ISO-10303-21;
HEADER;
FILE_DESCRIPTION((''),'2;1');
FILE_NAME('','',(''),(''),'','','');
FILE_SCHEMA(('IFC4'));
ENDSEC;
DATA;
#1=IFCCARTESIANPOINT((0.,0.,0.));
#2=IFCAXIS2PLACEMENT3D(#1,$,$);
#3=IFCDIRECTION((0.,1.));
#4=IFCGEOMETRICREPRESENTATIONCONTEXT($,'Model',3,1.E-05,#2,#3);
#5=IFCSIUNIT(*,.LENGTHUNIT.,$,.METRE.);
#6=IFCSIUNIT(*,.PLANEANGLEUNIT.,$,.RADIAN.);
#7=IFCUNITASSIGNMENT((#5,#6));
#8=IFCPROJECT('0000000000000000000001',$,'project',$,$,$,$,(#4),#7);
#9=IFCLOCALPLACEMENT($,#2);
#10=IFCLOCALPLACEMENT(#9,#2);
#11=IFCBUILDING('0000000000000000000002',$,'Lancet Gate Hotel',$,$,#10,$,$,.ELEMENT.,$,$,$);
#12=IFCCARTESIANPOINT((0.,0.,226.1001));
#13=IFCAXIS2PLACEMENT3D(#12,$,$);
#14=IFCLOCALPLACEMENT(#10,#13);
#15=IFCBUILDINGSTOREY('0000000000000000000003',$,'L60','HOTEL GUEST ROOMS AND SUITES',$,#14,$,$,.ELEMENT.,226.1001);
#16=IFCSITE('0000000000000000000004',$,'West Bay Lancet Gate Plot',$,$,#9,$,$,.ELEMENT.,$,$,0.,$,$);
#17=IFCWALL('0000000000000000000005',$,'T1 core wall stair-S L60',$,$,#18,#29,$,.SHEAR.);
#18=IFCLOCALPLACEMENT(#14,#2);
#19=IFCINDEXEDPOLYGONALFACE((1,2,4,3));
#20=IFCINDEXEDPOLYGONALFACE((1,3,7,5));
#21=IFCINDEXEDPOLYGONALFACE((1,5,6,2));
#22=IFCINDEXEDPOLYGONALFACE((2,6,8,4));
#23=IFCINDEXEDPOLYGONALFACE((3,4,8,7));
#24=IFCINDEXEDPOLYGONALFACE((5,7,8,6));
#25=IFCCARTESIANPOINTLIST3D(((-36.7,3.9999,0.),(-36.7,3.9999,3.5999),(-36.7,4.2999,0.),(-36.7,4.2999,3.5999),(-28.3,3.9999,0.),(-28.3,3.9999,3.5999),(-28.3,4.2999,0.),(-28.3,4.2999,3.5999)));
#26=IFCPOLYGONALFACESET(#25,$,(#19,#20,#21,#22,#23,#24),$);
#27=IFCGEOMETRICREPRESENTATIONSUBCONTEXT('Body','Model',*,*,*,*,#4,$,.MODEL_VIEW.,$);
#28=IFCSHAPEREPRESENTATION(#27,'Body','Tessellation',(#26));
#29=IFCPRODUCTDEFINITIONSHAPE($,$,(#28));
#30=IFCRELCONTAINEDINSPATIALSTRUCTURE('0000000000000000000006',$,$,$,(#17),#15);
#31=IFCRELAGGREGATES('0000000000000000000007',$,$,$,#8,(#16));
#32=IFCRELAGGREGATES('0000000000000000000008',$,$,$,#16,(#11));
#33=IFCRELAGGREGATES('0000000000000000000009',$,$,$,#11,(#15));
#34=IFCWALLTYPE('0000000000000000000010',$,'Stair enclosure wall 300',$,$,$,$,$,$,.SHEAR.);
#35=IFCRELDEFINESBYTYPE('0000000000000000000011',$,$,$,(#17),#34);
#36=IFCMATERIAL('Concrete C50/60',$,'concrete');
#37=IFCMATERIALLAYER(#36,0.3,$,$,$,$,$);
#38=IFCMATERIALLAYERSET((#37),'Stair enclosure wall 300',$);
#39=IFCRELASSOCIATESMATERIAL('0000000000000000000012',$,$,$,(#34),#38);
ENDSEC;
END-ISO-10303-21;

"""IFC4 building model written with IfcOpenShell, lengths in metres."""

from ifc_helpers import new_model, si_unit, direction, frame, frame_2d, origin, place, context, subcontext, project, spatial, rectangle, extrude, material, layer, layer_set, type_object, element, save


model = new_model("IFC4")

# Units and contexts
model_context = context("Model", 3, precision=1e-05, world=origin(), true_north=direction((0.0, 1.0)))
body_context = subcontext(model_context, "Body", "Model", "MODEL_VIEW")
ifc_project = project(units=[si_unit("LENGTHUNIT", "METRE"), si_unit("PLANEANGLEUNIT", "RADIAN")], contexts=[model_context])

# Site, building, storey
site_placement = place(None, origin())
site = spatial("IfcSite", under=ifc_project, at=site_placement, Name="West Bay Lancet Gate Plot", CompositionType="ELEMENT", RefElevation=0.0)
building_placement = place(site_placement, origin())
building = spatial("IfcBuilding", under=site, at=building_placement, Name="Lancet Gate Hotel", CompositionType="ELEMENT")
storey_placement = place(building_placement, frame((0.0, 0.0, 226.1001)))
storey = spatial("IfcBuildingStorey", under=building, at=storey_placement, Name="L60", Description="HOTEL GUEST ROOMS AND SUITES", CompositionType="ELEMENT", Elevation=226.1001)

# Wall
ifc_material_1 = material(Name="Concrete C50/60", Category="concrete")
ifc_layer_1 = layer(ifc_material_1, 0.3)
ifc_layer_set_1 = layer_set([ifc_layer_1], Name="Stair enclosure wall 300")
wall_type_1 = type_object("IfcWallType", Name="Stair enclosure wall 300", PredefinedType="SHEAR", material=ifc_layer_set_1)
wall_1_placement = place(storey_placement, frame((-28.3, 4.1499, 0.0), z_axis=(0.0, 0.0, 1.0), x_axis=(-1.0, 0.0, 0.0)))
element("IfcWall", 1, at=wall_1_placement, inside=storey, type_object=wall_type_1, Name="T1 core wall stair-S L60", PredefinedType="SHEAR", context=body_context, shape_type="SweptSolid", body=[
    extrude(rectangle(XDim=8.3999, YDim=0.3, at=frame_2d((4.2, 0.0))), origin(), (0.0, 0.0, 1.0), 3.5999),
])

save(model, "model.ifc")
